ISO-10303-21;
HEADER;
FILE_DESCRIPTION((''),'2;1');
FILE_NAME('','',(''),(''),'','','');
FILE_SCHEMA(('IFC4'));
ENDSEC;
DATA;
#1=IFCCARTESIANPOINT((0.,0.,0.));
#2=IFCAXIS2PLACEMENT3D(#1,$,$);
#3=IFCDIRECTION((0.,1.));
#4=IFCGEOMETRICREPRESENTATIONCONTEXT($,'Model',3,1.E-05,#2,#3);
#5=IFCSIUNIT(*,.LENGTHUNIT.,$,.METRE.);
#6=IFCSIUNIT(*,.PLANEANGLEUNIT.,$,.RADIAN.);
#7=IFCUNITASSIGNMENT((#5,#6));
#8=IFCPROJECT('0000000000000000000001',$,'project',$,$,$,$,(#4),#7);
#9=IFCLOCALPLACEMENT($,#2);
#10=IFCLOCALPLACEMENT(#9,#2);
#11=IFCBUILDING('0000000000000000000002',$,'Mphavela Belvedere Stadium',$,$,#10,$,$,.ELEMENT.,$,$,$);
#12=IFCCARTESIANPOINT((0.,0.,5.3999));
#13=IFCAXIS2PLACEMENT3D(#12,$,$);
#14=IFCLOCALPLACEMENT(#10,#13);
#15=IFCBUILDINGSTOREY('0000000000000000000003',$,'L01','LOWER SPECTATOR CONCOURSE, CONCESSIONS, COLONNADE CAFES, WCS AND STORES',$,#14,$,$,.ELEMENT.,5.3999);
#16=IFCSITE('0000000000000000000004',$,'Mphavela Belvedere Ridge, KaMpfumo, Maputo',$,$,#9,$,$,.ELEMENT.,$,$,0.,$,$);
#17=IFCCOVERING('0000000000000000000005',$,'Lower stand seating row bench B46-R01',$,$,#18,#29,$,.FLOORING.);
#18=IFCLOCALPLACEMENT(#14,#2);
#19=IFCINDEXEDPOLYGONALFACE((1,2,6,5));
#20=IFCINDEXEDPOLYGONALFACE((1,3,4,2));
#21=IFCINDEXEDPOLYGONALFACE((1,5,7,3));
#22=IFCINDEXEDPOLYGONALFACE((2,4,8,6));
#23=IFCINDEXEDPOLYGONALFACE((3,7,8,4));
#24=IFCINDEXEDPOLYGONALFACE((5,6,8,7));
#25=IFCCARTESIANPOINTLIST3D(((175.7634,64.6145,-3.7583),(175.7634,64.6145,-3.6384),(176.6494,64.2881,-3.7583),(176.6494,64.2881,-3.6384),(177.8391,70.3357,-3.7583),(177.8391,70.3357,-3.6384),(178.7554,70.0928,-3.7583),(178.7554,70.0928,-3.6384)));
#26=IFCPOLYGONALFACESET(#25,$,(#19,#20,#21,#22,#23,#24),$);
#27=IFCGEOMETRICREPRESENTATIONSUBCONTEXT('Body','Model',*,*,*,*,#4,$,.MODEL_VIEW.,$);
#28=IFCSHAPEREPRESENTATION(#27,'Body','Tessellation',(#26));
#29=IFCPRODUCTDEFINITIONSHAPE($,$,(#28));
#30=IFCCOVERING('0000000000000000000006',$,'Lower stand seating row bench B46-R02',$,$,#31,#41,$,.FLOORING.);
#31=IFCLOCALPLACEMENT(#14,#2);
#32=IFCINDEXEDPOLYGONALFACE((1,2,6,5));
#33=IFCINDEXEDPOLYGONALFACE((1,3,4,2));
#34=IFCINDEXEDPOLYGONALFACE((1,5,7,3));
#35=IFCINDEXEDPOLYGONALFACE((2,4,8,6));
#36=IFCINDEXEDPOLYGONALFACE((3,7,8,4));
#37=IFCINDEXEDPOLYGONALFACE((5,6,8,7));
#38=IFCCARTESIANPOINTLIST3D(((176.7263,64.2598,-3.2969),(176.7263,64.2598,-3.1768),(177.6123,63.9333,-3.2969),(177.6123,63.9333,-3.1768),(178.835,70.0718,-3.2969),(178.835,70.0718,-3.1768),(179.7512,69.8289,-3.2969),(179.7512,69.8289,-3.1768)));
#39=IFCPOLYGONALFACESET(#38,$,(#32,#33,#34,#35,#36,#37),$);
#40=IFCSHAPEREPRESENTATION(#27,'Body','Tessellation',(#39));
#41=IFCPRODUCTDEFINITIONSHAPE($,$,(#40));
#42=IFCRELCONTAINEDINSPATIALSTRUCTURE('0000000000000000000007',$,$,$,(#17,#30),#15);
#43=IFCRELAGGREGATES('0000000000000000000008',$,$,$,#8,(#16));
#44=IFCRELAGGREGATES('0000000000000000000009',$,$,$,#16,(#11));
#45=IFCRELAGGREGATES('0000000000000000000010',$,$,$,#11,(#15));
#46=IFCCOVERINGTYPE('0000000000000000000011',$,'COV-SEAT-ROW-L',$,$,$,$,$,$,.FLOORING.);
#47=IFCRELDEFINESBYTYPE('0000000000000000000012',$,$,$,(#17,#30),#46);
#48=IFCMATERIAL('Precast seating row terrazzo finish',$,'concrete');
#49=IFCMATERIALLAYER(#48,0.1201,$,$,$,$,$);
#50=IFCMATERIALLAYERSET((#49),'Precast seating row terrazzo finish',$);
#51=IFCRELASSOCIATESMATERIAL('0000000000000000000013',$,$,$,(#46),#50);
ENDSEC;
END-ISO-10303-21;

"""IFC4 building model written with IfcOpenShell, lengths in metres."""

from ifc_helpers import new_model, si_unit, direction, frame, origin, place, context, subcontext, project, spatial, polyline, outline, extrude, material, layer, layer_set, type_object, element, save


model = new_model("IFC4")

# Units and contexts
model_context = context("Model", 3, precision=1e-05, world=origin(), true_north=direction((0.0, 1.0)))
body_context = subcontext(model_context, "Body", "Model", "MODEL_VIEW")
ifc_project = project(units=[si_unit("LENGTHUNIT", "METRE"), si_unit("PLANEANGLEUNIT", "RADIAN")], contexts=[model_context])

# Site, building, storey
site_placement = place(None, origin())
site = spatial("IfcSite", under=ifc_project, at=site_placement, Name="Mphavela Belvedere Ridge, KaMpfumo, Maputo", CompositionType="ELEMENT", RefElevation=0.0)
building_placement = place(site_placement, origin())
building = spatial("IfcBuilding", under=site, at=building_placement, Name="Mphavela Belvedere Stadium", CompositionType="ELEMENT")
storey_placement = place(building_placement, frame((0.0, 0.0, 5.3999)))
storey = spatial("IfcBuildingStorey", under=building, at=storey_placement, Name="L01", Description="LOWER SPECTATOR CONCOURSE, CONCESSIONS, COLONNADE CAFES, WCS AND STORES", CompositionType="ELEMENT", Elevation=5.3999)

# Coverings
ifc_material = material(Name="Precast seating row terrazzo finish", Category="concrete")
ifc_layer = layer(ifc_material, 0.1201)
ifc_layer_set = layer_set([ifc_layer], Name="Precast seating row terrazzo finish")
covering_type = type_object("IfcCoveringType", Name="COV-SEAT-ROW-L", PredefinedType="FLOORING", material=ifc_layer_set)
covering_1_placement = place(storey_placement, frame((0.0, 0.0, -3.7583)))
element("IfcCovering", 1, at=covering_1_placement, inside=storey, type_object=covering_type, Name="Lower stand seating row bench B46-R01", PredefinedType="FLOORING", context=body_context, shape_type="SweptSolid", body=[
    extrude(outline(polyline([(175.7634, 64.6145), (177.8391, 70.3357), (178.7554, 70.0928), (176.6494, 64.2881), (175.7634, 64.6145)])), origin(), (0.0, 0.0, 1.0), 0.1199),
])
covering_2_placement = place(storey_placement, frame((0.0, 0.0, -3.2969)))
element("IfcCovering", 2, at=covering_2_placement, inside=storey, type_object=covering_type, Name="Lower stand seating row bench B46-R02", PredefinedType="FLOORING", context=body_context, shape_type="SweptSolid", body=[
    extrude(outline(polyline([(176.7263, 64.2598), (178.835, 70.0718), (179.7512, 69.8289), (177.6123, 63.9333), (176.7263, 64.2598)])), origin(), (0.0, 0.0, 1.0), 0.1201),
])

save(model, "model.ifc")
